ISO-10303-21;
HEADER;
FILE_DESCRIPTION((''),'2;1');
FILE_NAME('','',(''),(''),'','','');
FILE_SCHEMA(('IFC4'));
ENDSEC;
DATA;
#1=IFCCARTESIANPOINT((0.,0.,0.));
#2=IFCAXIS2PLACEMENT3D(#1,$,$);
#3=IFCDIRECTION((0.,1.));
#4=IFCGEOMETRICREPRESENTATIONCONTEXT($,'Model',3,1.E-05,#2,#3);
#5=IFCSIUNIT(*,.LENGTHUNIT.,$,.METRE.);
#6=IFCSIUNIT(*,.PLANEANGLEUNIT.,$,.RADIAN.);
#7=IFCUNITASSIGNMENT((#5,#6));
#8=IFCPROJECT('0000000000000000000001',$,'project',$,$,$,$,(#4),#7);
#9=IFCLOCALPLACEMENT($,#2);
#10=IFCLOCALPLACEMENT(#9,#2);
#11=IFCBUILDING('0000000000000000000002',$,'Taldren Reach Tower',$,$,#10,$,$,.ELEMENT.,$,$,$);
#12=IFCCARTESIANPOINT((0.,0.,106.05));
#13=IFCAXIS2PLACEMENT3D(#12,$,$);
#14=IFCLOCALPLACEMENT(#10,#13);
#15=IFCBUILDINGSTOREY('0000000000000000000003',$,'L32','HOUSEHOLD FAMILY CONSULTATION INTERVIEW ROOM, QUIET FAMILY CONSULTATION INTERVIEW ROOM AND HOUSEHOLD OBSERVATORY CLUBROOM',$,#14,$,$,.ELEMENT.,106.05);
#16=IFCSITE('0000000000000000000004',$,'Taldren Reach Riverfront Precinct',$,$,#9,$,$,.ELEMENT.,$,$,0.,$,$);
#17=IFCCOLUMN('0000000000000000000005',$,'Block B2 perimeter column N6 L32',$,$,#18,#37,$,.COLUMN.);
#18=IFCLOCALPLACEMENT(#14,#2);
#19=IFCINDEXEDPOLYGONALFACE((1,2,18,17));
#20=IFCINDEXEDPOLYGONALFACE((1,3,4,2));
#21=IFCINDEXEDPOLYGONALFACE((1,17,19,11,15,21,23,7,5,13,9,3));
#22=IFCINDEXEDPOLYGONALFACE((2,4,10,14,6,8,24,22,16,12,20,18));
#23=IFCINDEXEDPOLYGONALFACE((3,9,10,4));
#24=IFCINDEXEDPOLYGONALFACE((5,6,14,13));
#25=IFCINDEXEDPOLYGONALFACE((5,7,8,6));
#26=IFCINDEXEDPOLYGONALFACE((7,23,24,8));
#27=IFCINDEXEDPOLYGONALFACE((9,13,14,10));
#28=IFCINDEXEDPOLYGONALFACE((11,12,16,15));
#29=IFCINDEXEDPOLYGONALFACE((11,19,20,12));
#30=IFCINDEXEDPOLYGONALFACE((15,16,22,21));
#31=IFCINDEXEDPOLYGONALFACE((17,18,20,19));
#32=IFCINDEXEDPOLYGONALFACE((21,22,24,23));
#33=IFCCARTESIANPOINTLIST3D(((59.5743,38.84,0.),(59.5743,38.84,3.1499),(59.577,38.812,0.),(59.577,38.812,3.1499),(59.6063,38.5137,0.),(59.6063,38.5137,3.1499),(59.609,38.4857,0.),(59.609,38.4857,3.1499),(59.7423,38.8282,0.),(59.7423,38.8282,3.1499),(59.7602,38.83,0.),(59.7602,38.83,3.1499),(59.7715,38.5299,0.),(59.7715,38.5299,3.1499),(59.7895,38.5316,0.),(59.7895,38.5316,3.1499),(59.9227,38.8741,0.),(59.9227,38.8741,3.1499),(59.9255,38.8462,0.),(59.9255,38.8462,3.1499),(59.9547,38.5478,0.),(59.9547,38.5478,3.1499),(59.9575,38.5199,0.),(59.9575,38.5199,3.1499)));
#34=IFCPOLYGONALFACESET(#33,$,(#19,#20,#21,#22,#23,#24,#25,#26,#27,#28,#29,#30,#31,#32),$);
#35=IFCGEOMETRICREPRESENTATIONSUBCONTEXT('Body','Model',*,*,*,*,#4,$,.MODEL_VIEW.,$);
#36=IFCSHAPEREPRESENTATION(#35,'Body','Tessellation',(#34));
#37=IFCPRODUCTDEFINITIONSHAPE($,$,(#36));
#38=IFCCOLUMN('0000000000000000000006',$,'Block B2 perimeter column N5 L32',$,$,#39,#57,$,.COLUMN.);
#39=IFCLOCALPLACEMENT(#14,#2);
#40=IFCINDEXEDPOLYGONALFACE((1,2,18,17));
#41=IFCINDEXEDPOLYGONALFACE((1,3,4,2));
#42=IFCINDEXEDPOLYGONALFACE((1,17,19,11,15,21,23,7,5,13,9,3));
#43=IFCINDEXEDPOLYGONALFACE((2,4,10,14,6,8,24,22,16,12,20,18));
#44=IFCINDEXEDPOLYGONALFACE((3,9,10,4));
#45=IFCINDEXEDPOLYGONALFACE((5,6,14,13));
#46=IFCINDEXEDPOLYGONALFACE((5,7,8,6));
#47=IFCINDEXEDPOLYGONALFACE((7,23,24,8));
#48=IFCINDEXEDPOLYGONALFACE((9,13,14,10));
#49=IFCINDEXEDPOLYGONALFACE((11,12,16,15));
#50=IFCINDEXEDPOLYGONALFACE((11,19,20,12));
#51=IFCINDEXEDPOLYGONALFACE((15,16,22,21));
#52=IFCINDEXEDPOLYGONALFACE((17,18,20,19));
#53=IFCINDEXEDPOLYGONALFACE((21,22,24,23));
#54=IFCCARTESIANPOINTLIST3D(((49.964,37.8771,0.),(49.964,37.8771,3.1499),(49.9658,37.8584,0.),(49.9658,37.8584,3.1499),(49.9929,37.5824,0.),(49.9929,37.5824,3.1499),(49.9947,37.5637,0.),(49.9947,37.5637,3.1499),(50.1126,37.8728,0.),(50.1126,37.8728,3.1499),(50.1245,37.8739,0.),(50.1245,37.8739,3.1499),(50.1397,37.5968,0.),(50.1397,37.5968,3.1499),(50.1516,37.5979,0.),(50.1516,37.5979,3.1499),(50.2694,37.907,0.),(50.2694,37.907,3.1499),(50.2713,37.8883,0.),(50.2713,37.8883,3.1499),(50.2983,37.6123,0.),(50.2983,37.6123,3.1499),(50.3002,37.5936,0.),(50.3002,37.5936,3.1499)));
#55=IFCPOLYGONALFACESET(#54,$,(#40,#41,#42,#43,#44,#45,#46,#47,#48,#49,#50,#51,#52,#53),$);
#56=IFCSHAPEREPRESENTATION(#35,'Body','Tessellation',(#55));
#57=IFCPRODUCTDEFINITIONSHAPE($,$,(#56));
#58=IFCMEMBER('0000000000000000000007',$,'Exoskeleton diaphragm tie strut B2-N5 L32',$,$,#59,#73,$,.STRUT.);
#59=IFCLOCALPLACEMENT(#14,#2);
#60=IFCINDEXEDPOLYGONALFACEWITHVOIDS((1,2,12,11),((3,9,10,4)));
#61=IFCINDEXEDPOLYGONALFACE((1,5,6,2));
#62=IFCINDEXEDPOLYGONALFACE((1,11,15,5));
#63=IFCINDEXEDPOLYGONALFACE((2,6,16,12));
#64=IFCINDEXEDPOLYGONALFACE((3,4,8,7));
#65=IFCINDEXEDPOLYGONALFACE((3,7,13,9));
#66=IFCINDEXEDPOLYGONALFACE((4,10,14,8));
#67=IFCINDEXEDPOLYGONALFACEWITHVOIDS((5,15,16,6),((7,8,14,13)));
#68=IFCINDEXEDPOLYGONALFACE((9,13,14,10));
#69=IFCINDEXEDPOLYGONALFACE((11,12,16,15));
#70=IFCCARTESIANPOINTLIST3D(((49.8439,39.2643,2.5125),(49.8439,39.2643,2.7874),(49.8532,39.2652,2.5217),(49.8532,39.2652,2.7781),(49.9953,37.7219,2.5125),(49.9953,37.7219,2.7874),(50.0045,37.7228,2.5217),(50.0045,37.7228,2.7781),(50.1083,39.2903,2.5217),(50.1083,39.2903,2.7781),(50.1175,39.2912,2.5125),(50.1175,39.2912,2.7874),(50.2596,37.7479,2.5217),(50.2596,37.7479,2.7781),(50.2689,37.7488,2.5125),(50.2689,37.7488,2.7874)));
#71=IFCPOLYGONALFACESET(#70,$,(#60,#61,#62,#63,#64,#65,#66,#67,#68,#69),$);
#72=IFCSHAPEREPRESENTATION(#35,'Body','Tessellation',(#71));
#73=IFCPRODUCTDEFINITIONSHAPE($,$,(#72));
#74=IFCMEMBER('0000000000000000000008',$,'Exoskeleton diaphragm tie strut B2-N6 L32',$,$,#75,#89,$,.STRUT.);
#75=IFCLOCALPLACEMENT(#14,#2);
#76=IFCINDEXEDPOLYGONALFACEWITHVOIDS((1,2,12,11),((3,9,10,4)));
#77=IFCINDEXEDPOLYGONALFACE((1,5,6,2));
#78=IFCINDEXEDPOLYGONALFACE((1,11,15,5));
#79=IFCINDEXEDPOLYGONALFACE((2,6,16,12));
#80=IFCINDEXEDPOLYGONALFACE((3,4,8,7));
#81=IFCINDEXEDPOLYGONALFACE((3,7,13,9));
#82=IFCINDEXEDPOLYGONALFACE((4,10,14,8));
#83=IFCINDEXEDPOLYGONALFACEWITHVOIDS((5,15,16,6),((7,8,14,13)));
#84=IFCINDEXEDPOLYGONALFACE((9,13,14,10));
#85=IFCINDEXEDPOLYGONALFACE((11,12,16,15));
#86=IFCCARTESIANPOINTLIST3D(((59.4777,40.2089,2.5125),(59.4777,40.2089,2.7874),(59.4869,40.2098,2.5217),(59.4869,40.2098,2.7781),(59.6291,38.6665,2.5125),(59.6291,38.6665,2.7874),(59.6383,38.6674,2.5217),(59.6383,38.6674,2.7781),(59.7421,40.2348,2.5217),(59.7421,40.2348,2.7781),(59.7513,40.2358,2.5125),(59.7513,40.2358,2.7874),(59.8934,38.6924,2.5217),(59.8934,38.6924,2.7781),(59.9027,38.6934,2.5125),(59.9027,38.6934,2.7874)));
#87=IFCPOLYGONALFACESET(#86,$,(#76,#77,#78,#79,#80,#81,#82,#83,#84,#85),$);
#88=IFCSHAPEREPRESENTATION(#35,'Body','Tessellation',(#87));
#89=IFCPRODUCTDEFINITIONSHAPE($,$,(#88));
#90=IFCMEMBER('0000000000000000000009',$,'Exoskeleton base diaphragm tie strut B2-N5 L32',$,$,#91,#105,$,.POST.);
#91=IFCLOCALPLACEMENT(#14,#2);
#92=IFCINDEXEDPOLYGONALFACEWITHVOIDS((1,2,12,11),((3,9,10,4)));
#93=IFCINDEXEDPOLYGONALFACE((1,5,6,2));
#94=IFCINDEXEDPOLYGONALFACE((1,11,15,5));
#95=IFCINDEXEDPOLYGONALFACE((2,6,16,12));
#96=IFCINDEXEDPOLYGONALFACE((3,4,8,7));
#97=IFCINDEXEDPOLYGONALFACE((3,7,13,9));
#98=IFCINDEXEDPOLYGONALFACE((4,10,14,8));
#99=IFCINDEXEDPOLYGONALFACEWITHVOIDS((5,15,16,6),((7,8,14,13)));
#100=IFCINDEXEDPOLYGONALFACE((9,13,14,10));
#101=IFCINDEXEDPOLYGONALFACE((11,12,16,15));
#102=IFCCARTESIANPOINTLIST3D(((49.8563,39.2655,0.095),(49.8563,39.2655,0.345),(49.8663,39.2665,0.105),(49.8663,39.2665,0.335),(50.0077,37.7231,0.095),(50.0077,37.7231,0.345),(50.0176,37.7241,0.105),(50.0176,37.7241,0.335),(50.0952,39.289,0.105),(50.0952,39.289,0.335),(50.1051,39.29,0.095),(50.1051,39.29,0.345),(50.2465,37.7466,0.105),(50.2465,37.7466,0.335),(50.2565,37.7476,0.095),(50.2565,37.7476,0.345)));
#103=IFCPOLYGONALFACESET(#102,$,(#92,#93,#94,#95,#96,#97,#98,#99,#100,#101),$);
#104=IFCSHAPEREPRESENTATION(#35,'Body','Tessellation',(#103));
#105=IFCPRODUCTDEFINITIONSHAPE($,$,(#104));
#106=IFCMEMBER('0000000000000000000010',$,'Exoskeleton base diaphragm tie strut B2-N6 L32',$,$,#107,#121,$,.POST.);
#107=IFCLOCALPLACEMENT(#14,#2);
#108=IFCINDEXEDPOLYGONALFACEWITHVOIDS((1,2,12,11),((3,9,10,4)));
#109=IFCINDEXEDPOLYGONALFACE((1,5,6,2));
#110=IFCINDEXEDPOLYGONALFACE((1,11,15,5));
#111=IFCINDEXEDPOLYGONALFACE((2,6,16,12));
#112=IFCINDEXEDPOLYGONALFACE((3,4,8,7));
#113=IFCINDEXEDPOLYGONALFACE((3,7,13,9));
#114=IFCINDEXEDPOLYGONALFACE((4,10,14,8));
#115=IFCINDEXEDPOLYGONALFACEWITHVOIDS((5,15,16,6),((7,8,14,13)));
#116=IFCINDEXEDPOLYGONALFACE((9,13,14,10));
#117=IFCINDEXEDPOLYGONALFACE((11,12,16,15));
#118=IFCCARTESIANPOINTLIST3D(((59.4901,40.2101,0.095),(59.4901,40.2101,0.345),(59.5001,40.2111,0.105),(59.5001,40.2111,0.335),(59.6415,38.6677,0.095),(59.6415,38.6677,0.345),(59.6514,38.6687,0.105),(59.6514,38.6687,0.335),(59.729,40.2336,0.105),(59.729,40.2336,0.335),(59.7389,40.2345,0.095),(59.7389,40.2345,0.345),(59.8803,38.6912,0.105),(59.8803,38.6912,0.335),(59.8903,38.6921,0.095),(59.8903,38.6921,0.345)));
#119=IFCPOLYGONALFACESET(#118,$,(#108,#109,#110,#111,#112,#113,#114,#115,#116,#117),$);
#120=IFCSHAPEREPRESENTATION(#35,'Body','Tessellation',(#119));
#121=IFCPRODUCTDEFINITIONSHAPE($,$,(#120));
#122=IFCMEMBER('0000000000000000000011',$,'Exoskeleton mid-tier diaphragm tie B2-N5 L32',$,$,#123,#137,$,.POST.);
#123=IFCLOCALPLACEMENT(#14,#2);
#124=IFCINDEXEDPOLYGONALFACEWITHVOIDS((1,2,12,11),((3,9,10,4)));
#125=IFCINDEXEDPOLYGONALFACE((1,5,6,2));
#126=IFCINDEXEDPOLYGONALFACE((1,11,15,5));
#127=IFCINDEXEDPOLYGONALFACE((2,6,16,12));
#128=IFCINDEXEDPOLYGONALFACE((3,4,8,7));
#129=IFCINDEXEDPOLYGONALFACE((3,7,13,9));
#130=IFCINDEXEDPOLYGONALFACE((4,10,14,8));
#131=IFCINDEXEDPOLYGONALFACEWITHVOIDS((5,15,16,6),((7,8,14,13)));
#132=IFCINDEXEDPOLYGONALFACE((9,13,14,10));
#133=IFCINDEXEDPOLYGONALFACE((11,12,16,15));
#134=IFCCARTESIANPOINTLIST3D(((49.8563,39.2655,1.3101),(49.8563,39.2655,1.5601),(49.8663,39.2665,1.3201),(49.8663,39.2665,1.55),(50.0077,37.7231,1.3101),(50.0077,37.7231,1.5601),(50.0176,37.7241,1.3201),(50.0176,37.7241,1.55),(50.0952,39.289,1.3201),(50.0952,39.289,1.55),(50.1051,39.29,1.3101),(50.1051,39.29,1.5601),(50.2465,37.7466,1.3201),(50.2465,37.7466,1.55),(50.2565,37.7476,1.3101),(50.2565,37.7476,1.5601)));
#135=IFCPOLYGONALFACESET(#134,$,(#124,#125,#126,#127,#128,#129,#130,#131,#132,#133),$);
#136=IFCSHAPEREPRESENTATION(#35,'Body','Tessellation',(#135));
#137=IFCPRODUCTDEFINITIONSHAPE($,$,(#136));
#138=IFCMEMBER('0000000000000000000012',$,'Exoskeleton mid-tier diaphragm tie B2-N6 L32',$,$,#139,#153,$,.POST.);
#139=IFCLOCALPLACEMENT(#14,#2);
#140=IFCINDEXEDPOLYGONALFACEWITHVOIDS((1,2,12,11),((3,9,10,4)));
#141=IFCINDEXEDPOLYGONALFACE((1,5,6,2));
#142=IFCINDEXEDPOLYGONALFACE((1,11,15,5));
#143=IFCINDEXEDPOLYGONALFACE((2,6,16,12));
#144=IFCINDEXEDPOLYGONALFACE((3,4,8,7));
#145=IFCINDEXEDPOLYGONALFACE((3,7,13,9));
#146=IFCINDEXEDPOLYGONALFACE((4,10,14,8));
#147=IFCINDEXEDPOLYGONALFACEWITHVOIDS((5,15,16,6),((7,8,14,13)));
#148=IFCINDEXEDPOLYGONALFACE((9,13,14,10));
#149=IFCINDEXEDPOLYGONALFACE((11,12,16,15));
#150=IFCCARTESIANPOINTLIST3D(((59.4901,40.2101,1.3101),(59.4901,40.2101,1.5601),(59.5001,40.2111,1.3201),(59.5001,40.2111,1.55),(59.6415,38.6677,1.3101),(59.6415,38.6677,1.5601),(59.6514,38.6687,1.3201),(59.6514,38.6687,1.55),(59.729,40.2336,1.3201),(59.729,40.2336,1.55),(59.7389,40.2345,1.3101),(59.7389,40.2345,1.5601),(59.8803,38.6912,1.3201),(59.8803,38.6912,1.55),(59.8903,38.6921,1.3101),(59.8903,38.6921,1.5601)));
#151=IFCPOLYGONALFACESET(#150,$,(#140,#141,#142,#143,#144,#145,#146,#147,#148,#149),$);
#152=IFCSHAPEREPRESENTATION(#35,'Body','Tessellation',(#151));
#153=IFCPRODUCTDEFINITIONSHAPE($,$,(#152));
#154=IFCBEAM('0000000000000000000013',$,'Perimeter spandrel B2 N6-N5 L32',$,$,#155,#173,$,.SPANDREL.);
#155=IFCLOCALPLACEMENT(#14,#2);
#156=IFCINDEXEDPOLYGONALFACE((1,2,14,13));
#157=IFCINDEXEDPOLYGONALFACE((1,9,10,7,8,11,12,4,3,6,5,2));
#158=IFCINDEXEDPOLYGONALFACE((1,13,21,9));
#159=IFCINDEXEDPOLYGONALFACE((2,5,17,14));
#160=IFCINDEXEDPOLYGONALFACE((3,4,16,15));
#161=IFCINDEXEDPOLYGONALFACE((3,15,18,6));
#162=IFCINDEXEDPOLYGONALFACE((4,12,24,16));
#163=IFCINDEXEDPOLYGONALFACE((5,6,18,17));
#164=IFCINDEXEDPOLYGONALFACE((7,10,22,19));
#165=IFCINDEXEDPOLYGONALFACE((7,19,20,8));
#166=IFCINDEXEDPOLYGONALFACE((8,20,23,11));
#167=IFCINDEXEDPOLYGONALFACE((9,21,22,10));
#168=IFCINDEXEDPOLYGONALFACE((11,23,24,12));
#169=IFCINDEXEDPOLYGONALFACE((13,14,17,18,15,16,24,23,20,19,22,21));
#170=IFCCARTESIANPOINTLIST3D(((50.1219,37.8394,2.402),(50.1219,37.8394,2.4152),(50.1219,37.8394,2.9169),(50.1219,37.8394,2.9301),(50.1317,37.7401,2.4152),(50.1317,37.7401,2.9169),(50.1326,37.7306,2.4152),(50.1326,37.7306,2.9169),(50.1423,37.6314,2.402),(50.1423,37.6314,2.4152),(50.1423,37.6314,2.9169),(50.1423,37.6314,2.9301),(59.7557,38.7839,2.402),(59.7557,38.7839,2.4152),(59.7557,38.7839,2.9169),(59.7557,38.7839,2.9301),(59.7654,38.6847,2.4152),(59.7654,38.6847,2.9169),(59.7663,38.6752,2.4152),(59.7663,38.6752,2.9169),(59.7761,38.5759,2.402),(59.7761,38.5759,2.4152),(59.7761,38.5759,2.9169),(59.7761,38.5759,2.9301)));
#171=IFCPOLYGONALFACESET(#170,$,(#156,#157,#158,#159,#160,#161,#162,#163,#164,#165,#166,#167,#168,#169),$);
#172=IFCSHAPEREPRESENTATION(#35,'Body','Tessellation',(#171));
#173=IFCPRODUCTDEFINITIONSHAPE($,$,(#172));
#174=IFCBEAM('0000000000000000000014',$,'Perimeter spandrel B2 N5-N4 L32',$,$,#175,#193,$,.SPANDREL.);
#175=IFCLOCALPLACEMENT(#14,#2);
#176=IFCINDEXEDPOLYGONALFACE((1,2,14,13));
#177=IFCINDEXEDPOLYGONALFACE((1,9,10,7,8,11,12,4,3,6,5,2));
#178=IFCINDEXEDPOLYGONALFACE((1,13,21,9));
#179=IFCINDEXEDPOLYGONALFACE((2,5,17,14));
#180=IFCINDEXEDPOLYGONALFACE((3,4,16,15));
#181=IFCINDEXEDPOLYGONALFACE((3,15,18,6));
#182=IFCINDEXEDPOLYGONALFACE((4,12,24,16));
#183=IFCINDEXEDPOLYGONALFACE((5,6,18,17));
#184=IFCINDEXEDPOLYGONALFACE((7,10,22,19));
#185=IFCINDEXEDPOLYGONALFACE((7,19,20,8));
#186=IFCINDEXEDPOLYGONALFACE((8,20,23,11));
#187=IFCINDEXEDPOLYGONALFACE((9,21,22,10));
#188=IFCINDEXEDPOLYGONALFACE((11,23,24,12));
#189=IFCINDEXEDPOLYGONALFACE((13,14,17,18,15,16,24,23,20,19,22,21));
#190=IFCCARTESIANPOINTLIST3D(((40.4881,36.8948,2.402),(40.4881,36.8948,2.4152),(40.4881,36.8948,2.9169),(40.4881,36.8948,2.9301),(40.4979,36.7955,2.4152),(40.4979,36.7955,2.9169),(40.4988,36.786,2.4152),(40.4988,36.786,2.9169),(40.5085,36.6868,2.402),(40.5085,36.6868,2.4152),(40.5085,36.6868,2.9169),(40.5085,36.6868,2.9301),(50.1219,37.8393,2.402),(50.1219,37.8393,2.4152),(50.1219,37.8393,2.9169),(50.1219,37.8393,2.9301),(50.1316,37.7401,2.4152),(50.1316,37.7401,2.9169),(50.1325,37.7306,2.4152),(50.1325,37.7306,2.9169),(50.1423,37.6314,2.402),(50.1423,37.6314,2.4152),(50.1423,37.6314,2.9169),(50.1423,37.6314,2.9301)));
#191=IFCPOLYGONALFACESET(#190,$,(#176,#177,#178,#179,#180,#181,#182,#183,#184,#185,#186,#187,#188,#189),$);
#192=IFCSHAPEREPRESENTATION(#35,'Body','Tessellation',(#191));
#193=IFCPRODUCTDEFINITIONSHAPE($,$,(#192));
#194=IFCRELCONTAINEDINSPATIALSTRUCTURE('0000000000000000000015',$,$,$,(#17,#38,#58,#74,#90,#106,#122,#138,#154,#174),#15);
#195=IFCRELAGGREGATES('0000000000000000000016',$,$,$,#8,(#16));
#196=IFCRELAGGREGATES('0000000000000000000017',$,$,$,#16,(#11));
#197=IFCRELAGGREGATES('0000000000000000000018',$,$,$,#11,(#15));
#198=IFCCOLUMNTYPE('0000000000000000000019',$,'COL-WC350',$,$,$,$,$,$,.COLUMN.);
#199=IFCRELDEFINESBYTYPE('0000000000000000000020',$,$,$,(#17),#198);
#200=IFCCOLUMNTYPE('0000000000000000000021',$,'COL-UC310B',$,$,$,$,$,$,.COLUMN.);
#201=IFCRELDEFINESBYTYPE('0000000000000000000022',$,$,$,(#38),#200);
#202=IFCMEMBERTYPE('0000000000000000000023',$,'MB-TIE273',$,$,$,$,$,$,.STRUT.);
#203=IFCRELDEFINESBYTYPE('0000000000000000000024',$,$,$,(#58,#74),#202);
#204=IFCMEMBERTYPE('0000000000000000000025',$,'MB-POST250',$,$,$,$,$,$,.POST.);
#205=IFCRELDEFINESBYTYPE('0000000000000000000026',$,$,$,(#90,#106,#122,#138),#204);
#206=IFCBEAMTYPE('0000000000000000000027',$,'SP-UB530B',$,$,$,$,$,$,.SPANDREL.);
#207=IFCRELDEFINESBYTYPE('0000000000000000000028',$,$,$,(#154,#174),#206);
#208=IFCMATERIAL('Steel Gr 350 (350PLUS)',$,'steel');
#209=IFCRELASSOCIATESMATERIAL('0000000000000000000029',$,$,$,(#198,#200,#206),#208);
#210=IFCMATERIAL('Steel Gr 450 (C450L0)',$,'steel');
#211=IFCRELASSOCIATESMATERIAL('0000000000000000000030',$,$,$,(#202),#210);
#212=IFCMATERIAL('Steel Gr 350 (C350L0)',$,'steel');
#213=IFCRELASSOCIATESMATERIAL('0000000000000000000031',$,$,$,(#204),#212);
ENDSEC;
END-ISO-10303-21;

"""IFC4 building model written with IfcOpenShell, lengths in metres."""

from ifc_helpers import new_model, si_unit, direction, frame, origin, origin_2d, place, context, subcontext, project, spatial, hollow_rectangle, i_section, extrude, source, transform, mapped, material, material_profile, profile_set, type_object, element, save


model = new_model("IFC4")

# Units and contexts
model_context = context("Model", 3, precision=1e-05, world=origin(), true_north=direction((0.0, 1.0)))
body_context = subcontext(model_context, "Body", "Model", "MODEL_VIEW")
ifc_project = project(units=[si_unit("LENGTHUNIT", "METRE"), si_unit("PLANEANGLEUNIT", "RADIAN")], contexts=[model_context])

# Site, building, storey
site_placement = place(None, origin())
site = spatial("IfcSite", under=ifc_project, at=site_placement, Name="Taldren Reach Riverfront Precinct", CompositionType="ELEMENT", RefElevation=0.0)
building_placement = place(site_placement, origin())
building = spatial("IfcBuilding", under=site, at=building_placement, Name="Taldren Reach Tower", CompositionType="ELEMENT")
storey_placement = place(building_placement, frame((0.0, 0.0, 106.05)))
storey = spatial("IfcBuildingStorey", under=building, at=storey_placement, Name="L32", Description="HOUSEHOLD FAMILY CONSULTATION INTERVIEW ROOM, QUIET FAMILY CONSULTATION INTERVIEW ROOM AND HOUSEHOLD OBSERVATORY CLUBROOM", CompositionType="ELEMENT", Elevation=106.05)

# Columns
ifc_material_1 = material(Name="Steel Gr 350 (350PLUS)", Category="steel")
ifc_material_profile_1 = material_profile(ifc_material_1, i_section(OverallWidth=0.3501, OverallDepth=0.356, WebThickness=0.0181, FlangeThickness=0.0281, at=origin_2d()), Name="350WC197")
ifc_profile_set_1 = profile_set([ifc_material_profile_1], Name="Steel Gr 350 (350PLUS)")
column_type_1 = type_object("IfcColumnType", Name="COL-WC350", PredefinedType="COLUMN", material=ifc_profile_set_1)
shared_shape_1 = source(origin(), body_context, "Body", "SweptSolid", [
    extrude(i_section(OverallWidth=0.3501, OverallDepth=0.356, WebThickness=0.0181, FlangeThickness=0.0281, at=origin_2d()), origin(), (0.0, 0.0, 1.0), 3.1499),
])
column_1_placement = place(storey_placement, frame((59.7659, 38.6799, 0.0), z_axis=(0.0, 0.0, 1.0), x_axis=(0.995227, 0.097583, 0.0)))
element("IfcColumn", 1, at=column_1_placement, inside=storey, type_object=column_type_1, Name="Block B2 perimeter column N6 L32", PredefinedType="COLUMN", context=body_context, shape_type="MappedRepresentation", body=[
    mapped(shared_shape_1, transform((0.0, 0.0, 0.0), scale=1.0)),
])
ifc_material_profile_2 = material_profile(ifc_material_1, i_section(OverallWidth=0.3069, OverallDepth=0.3149, WebThickness=0.012, FlangeThickness=0.0188, at=origin_2d()), Name="310UC118")
ifc_profile_set_2 = profile_set([ifc_material_profile_2], Name="Steel Gr 350 (350PLUS)")
column_type_2 = type_object("IfcColumnType", Name="COL-UC310B", PredefinedType="COLUMN", material=ifc_profile_set_2)
shared_shape_2 = source(origin(), body_context, "Body", "SweptSolid", [
    extrude(i_section(OverallWidth=0.3069, OverallDepth=0.3149, WebThickness=0.012, FlangeThickness=0.0188, at=origin_2d()), origin(), (0.0, 0.0, 1.0), 3.1499),
])
column_2_placement = place(storey_placement, frame((50.1321, 37.7354, 0.0), z_axis=(0.0, 0.0, 1.0), x_axis=(0.995227, 0.097583, 0.0)))
element("IfcColumn", 2, at=column_2_placement, inside=storey, type_object=column_type_2, Name="Block B2 perimeter column N5 L32", PredefinedType="COLUMN", context=body_context, shape_type="MappedRepresentation", body=[
    mapped(shared_shape_2, transform((0.0, 0.0, 0.0), scale=1.0)),
])

# Members
ifc_material_2 = material(Name="Steel Gr 450 (C450L0)", Category="steel")
ifc_material_profile_3 = material_profile(ifc_material_2, hollow_rectangle(XDim=0.2749, YDim=0.2749, WallThickness=0.0093, at=origin_2d()), Name="275x275x9.3SHS")
ifc_profile_set_3 = profile_set([ifc_material_profile_3], Name="Steel Gr 450 (C450L0)")
member_type_1 = type_object("IfcMemberType", Name="MB-TIE273", PredefinedType="STRUT", material=ifc_profile_set_3)
shared_shape_3 = source(origin(), body_context, "Body", "SweptSolid", [
    extrude(hollow_rectangle(XDim=0.2749, YDim=0.2749, WallThickness=0.0093, at=origin_2d()), origin(), (0.0, 0.0, 1.0), 1.5498),
])
for number, where, z_axis, x_axis, name in (
    (3, (50.1321, 37.7354, 2.6499), (-0.097663, 0.99522, 0.0), (-0.99522, -0.097663, 0.0), "Exoskeleton diaphragm tie strut B2-N5 L32"),
    (4, (59.7659, 38.6799, 2.6499), (-0.097663, 0.99522, 0.0), (-0.99522, -0.097663, 0.0), "Exoskeleton diaphragm tie strut B2-N6 L32"),
):
    element("IfcMember", number, at=place(storey_placement, frame(where, z_axis=z_axis, x_axis=x_axis)), inside=storey, type_object=member_type_1, Name=name, PredefinedType="STRUT", context=body_context, shape_type="MappedRepresentation", body=[
        mapped(shared_shape_3, transform((0.0, 0.0, 0.0), scale=1.0)),
    ])
ifc_material_3 = material(Name="Steel Gr 350 (C350L0)", Category="steel")
ifc_material_profile_4 = material_profile(ifc_material_3, hollow_rectangle(XDim=0.25, YDim=0.25, WallThickness=0.01, at=origin_2d()), Name="250x250x10.0SHS")
ifc_profile_set_4 = profile_set([ifc_material_profile_4], Name="Steel Gr 350 (C350L0)")
member_type_2 = type_object("IfcMemberType", Name="MB-POST250", PredefinedType="POST", material=ifc_profile_set_4)
shared_shape_4 = source(origin(), body_context, "Body", "SweptSolid", [
    extrude(hollow_rectangle(XDim=0.25, YDim=0.25, WallThickness=0.01, at=origin_2d()), origin(), (0.0, 0.0, 1.0), 1.5498),
])
for number, where, z_axis, x_axis, name in (
    (5, (50.1321, 37.7354, 0.22), (-0.097663, 0.99522, 0.0), (-0.99522, -0.097663, 0.0), "Exoskeleton base diaphragm tie strut B2-N5 L32"),
    (6, (59.7659, 38.6799, 0.22), (-0.097663, 0.99522, 0.0), (-0.99522, -0.097663, 0.0), "Exoskeleton base diaphragm tie strut B2-N6 L32"),
    (7, (50.1321, 37.7354, 1.4351), (-0.097663, 0.99522, 0.0), (-0.99522, -0.097663, 0.0), "Exoskeleton mid-tier diaphragm tie B2-N5 L32"),
    (8, (59.7659, 38.6799, 1.4351), (-0.097663, 0.99522, 0.0), (-0.99522, -0.097663, 0.0), "Exoskeleton mid-tier diaphragm tie B2-N6 L32"),
):
    element("IfcMember", number, at=place(storey_placement, frame(where, z_axis=z_axis, x_axis=x_axis)), inside=storey, type_object=member_type_2, Name=name, PredefinedType="POST", context=body_context, shape_type="MappedRepresentation", body=[
        mapped(shared_shape_4, transform((0.0, 0.0, 0.0), scale=1.0)),
    ])

# Beams
ifc_material_profile_5 = material_profile(ifc_material_1, i_section(OverallWidth=0.209, OverallDepth=0.5281, WebThickness=0.0095, FlangeThickness=0.0132, at=origin_2d()), Name="530UB82.0")
ifc_profile_set_5 = profile_set([ifc_material_profile_5], Name="Steel Gr 350 (350PLUS)")
beam_type = type_object("IfcBeamType", Name="SP-UB530B", PredefinedType="SPANDREL", material=ifc_profile_set_5)
shared_shape_5 = source(origin(), body_context, "Body", "SweptSolid", [
    extrude(i_section(OverallWidth=0.209, OverallDepth=0.5281, WebThickness=0.0095, FlangeThickness=0.0132, at=origin_2d()), origin(), (0.0, 0.0, 1.0), 9.6799),
])
for number, where, z_axis, x_axis, name in (
    (9, (59.7659, 38.6799, 2.666), (-0.995228, -0.097581, 0.0), (0.097581, -0.995228, 0.0), "Perimeter spandrel B2 N6-N5 L32"),
    (10, (50.1321, 37.7354, 2.666), (-0.995228, -0.097581, 0.0), (0.097581, -0.995228, 0.0), "Perimeter spandrel B2 N5-N4 L32"),
):
    element("IfcBeam", number, at=place(storey_placement, frame(where, z_axis=z_axis, x_axis=x_axis)), inside=storey, type_object=beam_type, Name=name, PredefinedType="SPANDREL", context=body_context, shape_type="MappedRepresentation", body=[
        mapped(shared_shape_5, transform((0.0, 0.0, 0.0), scale=1.0)),
    ])

save(model, "model.ifc")
